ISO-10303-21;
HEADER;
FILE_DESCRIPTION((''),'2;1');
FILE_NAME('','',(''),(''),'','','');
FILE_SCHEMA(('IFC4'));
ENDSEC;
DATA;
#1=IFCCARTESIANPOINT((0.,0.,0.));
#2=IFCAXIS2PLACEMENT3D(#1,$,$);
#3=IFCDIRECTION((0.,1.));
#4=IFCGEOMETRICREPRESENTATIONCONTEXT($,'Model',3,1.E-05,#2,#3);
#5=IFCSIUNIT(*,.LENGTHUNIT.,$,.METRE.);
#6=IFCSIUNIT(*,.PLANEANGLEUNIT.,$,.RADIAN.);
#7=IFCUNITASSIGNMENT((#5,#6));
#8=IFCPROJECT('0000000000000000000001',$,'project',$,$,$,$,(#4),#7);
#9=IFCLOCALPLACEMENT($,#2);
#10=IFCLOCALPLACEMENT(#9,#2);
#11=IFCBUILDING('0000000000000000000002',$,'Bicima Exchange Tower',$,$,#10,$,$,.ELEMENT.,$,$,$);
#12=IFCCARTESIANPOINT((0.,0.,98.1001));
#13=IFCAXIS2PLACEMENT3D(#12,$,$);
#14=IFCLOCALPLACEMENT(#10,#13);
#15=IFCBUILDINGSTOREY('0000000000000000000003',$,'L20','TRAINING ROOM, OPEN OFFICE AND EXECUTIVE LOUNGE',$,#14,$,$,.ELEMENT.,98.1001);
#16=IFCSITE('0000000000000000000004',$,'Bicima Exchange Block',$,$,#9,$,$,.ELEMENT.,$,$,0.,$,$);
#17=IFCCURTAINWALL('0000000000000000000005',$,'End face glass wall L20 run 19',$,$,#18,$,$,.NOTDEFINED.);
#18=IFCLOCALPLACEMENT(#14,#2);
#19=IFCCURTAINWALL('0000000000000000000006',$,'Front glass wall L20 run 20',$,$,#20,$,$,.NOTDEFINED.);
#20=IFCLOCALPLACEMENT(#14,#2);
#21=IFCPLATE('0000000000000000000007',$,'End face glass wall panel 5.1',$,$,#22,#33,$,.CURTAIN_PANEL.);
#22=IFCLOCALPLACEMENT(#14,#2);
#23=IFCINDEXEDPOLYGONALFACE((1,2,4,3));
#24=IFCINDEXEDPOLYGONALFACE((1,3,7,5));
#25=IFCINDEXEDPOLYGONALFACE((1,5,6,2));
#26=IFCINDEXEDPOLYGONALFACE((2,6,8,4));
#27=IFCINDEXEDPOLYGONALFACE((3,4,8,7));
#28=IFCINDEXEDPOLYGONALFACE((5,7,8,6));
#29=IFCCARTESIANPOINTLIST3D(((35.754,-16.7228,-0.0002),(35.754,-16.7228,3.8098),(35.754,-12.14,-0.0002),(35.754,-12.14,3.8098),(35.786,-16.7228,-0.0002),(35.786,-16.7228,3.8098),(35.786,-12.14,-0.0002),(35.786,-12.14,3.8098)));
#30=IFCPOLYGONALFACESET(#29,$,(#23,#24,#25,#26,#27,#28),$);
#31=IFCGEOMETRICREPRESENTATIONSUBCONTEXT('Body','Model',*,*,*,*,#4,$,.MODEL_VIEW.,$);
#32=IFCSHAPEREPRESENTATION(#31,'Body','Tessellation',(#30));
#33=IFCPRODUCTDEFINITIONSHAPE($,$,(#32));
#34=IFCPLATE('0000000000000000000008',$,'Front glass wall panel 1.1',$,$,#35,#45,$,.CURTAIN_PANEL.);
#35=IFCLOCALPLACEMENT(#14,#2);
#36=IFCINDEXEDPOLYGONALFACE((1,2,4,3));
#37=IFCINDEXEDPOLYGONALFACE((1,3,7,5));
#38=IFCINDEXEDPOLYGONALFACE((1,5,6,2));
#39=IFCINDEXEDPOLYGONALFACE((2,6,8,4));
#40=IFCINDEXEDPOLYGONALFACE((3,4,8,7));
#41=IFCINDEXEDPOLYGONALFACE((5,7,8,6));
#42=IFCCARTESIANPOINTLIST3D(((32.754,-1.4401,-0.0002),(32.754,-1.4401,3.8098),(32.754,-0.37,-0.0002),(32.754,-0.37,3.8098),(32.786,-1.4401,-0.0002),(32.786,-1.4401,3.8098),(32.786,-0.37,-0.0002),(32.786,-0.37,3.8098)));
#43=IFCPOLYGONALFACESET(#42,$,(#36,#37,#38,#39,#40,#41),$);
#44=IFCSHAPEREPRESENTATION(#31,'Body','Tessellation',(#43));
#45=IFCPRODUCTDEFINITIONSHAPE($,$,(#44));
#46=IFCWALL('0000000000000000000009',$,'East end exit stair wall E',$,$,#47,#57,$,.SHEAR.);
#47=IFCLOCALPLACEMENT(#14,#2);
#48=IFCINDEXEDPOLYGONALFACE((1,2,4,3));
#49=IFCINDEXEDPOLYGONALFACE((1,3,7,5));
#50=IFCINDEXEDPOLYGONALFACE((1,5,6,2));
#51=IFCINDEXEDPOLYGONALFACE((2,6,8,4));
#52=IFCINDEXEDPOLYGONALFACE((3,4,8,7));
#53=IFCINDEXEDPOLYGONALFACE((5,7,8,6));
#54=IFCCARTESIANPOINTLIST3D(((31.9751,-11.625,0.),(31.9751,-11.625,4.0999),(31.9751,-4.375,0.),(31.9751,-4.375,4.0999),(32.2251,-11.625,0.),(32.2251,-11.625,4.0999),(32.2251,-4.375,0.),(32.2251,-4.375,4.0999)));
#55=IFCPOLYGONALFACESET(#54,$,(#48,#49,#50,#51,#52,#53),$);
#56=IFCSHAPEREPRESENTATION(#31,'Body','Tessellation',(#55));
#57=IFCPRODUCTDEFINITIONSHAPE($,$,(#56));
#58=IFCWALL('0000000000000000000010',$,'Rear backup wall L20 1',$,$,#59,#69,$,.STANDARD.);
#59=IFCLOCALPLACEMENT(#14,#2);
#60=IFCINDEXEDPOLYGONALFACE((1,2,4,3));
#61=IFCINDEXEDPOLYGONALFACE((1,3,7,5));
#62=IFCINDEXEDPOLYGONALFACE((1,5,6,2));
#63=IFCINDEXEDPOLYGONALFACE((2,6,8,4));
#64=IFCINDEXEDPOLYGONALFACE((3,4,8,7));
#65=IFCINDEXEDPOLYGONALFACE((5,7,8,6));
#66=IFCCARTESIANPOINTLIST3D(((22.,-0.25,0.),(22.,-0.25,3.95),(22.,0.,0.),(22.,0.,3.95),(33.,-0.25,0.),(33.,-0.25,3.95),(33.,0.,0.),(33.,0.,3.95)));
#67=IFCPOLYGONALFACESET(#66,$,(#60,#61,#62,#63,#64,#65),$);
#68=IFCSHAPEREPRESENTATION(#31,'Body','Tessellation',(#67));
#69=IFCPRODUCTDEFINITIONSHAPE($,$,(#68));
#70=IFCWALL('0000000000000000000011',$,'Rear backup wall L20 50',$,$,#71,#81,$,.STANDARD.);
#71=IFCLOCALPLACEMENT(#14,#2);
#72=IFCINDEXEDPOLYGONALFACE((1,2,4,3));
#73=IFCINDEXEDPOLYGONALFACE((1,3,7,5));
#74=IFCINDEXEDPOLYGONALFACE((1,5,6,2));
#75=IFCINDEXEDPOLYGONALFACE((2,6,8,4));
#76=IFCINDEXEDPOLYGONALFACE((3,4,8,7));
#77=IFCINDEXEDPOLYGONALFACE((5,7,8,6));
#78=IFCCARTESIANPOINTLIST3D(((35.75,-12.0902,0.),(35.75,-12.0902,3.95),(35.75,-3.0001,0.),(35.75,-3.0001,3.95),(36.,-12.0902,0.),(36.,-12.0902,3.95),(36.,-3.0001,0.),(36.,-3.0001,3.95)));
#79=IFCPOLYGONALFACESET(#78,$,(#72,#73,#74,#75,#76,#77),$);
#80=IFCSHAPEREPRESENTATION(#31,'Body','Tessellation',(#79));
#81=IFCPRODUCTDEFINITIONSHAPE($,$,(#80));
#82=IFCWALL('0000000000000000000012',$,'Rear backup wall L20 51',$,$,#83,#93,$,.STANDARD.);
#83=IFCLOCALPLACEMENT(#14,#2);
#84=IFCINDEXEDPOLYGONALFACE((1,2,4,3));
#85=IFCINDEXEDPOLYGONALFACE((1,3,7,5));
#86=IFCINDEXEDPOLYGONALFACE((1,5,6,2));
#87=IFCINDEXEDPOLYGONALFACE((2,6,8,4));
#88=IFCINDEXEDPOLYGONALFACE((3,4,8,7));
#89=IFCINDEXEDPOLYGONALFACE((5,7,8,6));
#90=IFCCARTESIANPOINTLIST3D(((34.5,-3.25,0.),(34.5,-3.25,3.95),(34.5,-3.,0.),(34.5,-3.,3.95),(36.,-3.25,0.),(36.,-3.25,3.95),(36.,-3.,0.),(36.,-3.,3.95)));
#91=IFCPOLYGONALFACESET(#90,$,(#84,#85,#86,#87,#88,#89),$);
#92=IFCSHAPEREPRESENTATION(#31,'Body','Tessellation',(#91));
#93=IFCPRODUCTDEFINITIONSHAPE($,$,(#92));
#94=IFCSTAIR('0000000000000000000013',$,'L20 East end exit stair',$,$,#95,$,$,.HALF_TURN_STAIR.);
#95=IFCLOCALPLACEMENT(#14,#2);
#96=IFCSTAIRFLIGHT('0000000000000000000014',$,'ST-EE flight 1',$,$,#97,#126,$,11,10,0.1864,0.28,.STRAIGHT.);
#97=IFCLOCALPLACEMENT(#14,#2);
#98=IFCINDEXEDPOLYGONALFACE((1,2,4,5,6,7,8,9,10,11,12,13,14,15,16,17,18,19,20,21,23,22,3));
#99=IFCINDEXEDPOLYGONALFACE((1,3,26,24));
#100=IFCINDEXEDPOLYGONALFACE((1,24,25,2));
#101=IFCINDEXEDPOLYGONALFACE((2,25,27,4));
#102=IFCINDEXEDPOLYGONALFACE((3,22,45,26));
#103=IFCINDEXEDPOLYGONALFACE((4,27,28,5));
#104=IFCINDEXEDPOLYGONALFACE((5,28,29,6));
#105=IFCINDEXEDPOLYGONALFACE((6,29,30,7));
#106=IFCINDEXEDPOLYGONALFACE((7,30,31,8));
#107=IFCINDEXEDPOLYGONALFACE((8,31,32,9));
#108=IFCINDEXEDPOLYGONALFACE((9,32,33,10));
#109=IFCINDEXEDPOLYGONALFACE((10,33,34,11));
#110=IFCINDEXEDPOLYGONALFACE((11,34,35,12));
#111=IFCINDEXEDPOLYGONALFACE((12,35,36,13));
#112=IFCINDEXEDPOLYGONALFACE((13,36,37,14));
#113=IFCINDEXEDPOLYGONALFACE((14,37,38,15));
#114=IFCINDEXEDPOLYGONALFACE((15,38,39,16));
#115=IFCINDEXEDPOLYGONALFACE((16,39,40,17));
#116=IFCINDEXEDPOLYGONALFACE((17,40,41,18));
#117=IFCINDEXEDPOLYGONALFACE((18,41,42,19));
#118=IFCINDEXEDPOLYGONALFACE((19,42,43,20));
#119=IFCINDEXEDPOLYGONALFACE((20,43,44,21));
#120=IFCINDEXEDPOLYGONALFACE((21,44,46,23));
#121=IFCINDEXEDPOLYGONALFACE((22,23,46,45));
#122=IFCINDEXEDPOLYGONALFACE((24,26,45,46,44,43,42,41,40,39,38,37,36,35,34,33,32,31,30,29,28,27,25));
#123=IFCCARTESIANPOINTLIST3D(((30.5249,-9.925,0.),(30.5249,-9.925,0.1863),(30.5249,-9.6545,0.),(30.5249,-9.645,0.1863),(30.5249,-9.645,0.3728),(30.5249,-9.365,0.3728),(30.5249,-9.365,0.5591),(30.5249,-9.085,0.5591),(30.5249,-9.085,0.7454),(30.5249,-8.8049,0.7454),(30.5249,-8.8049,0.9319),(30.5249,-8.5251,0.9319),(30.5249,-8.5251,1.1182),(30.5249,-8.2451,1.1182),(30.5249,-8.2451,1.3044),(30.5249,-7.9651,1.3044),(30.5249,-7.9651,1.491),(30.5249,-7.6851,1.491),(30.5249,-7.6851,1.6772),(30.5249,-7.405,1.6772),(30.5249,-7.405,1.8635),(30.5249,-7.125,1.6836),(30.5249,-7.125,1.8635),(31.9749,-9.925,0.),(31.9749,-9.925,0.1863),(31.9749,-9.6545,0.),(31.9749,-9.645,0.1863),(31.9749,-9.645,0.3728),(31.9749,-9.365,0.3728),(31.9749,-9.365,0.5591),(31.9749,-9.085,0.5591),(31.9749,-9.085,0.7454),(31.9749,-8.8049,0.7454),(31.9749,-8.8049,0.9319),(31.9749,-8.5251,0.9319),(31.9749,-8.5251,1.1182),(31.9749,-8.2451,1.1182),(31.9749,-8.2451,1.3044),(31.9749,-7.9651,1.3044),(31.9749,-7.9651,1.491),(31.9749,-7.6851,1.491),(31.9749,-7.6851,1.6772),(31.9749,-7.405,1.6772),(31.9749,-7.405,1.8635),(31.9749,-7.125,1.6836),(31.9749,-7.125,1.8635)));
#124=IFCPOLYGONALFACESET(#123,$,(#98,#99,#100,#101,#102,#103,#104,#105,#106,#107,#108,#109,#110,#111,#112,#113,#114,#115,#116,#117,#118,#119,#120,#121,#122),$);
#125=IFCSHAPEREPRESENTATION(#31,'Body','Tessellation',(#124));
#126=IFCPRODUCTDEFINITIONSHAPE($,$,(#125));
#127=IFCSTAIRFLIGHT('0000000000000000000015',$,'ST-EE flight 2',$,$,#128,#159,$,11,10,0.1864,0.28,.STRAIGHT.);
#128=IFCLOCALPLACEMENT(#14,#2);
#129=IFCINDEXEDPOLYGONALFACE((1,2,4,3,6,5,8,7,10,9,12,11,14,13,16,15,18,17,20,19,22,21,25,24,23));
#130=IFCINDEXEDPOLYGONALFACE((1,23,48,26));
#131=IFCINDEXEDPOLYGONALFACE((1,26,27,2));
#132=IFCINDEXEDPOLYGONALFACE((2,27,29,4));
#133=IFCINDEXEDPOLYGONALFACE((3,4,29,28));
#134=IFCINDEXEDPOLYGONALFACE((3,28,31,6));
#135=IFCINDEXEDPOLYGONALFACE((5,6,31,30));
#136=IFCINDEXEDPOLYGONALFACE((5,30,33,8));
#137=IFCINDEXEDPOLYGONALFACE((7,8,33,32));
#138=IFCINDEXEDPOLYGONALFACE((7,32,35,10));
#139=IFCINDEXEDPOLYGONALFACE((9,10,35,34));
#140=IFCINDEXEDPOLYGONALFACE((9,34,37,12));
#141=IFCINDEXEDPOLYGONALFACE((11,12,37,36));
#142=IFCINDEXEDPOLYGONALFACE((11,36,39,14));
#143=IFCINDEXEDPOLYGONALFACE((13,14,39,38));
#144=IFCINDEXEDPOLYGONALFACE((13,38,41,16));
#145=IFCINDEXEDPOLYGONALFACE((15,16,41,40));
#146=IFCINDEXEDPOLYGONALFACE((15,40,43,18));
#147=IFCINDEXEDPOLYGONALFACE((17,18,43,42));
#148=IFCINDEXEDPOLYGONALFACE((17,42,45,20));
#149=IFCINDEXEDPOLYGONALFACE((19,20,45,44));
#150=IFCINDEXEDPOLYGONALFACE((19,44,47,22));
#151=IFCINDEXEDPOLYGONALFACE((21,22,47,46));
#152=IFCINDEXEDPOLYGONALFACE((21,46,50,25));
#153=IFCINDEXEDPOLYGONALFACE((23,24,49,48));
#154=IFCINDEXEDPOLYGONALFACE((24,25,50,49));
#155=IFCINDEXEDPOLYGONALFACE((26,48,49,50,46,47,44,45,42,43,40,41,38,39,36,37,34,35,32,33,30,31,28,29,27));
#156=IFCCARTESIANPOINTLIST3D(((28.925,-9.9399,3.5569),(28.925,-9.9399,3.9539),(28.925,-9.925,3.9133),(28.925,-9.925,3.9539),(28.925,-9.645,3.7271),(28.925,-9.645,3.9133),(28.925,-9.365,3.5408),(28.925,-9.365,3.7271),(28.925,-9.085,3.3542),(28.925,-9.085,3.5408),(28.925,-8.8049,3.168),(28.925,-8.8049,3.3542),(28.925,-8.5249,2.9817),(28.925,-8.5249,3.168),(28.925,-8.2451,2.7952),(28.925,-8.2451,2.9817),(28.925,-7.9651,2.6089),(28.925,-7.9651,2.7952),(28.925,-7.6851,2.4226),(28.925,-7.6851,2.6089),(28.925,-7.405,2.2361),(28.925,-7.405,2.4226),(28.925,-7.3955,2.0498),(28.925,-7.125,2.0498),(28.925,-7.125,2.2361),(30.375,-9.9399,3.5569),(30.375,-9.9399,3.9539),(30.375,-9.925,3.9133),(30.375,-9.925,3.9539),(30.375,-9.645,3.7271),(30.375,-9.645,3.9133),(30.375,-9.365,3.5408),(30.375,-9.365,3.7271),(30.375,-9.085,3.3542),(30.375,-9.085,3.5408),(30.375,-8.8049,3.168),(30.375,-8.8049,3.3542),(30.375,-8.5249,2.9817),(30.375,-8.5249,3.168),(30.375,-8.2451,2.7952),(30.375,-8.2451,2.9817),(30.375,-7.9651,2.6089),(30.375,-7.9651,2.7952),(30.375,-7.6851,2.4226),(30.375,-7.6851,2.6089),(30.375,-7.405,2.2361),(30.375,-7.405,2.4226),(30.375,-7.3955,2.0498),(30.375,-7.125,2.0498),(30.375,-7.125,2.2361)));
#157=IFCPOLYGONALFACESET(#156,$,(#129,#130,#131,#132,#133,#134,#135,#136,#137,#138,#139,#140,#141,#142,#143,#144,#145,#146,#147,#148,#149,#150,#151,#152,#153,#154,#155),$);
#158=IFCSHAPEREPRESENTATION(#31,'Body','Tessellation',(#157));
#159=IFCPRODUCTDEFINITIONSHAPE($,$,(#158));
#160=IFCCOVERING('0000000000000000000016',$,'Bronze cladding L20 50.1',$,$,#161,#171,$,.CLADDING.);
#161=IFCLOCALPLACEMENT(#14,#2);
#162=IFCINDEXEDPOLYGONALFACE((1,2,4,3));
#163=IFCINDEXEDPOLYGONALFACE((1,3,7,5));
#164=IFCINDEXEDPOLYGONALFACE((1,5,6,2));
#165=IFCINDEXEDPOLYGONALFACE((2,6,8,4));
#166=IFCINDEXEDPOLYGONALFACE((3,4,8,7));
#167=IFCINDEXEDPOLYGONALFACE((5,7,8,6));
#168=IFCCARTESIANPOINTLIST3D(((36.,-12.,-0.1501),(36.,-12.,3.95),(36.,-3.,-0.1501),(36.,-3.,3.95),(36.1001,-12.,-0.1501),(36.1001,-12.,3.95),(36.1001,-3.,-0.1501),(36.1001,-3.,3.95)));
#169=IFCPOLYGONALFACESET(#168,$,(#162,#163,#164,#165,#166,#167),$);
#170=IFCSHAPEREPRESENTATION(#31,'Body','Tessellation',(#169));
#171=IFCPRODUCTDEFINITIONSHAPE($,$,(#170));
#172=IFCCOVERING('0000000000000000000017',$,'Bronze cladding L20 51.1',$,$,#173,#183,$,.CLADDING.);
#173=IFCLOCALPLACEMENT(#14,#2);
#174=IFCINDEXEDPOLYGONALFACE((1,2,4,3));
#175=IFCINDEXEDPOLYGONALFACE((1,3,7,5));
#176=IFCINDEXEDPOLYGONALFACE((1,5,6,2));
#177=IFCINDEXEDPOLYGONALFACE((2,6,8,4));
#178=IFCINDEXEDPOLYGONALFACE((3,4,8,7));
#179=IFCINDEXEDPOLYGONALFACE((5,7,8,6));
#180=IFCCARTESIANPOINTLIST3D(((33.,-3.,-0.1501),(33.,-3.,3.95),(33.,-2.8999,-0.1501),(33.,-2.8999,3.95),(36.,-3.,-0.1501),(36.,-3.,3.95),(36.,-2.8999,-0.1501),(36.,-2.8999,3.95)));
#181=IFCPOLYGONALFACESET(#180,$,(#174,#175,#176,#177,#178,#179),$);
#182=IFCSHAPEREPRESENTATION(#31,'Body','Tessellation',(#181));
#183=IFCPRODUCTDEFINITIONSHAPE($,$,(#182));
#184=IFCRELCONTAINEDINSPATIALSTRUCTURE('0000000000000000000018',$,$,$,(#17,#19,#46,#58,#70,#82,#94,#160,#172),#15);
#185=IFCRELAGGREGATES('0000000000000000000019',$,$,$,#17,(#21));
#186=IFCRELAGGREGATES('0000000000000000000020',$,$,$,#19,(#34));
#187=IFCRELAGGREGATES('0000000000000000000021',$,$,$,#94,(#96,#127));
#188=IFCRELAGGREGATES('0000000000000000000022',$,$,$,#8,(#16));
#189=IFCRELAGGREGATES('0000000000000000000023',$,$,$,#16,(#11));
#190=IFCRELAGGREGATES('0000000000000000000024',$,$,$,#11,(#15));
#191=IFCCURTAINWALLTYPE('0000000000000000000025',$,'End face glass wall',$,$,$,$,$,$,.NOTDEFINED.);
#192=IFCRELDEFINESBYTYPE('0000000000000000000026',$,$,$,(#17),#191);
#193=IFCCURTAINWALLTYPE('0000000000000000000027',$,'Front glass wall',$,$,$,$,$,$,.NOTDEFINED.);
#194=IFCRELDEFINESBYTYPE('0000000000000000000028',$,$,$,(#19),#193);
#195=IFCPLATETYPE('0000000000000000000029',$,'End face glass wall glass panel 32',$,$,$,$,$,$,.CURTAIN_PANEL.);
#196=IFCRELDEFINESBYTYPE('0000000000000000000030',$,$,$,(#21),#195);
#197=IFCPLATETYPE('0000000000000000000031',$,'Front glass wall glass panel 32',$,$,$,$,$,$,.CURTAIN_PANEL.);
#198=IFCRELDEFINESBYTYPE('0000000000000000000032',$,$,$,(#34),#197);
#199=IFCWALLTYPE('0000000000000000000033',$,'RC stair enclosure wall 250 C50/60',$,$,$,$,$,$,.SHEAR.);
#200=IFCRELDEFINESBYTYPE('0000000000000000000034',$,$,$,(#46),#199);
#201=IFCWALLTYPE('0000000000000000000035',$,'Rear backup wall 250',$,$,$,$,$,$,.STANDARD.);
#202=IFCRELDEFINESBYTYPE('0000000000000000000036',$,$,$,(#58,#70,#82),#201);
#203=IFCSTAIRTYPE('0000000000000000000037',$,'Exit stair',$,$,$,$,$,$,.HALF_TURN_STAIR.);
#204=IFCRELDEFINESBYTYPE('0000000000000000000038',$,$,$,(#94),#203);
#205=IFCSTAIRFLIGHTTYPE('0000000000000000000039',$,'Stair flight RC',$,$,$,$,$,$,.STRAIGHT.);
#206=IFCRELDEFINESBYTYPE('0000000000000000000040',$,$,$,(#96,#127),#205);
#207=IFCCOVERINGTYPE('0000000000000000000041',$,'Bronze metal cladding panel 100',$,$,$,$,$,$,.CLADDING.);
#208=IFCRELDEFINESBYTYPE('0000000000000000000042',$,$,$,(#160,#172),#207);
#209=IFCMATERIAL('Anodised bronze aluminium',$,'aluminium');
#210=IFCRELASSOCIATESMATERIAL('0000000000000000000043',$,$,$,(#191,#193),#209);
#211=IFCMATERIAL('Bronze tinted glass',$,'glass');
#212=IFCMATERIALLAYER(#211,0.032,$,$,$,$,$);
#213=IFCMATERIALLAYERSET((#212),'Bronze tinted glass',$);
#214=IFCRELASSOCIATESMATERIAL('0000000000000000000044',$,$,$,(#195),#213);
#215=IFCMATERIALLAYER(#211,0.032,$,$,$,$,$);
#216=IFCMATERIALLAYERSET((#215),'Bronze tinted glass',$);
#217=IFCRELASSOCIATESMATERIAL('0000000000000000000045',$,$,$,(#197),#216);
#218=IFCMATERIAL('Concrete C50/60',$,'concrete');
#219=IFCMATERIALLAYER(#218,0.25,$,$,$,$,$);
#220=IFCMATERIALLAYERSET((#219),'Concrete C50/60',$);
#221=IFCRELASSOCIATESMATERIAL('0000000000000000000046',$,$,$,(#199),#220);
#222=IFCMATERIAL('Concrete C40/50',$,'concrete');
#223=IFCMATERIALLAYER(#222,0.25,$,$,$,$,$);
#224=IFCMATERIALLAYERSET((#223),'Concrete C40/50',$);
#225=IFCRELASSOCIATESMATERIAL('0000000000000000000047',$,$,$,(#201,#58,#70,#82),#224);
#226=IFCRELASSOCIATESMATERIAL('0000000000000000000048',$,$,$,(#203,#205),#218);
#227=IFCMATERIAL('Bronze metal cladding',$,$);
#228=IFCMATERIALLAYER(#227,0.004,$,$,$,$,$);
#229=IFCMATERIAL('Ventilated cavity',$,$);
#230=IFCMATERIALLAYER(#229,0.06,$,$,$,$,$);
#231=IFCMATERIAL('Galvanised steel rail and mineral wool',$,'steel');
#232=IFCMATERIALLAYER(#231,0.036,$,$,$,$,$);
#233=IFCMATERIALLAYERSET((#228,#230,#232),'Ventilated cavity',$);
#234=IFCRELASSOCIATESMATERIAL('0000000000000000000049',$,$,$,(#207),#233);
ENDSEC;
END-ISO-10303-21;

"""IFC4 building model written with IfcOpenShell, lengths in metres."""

from ifc_helpers import new_model, si_unit, direction, frame, frame_2d, origin, origin_2d, place, context, subcontext, project, spatial, polyline, rectangle, outline, extrude, material, layer, layer_set, layer_usage, type_object, element, aggregate, save


model = new_model("IFC4")

# Units and contexts
model_context = context("Model", 3, precision=1e-05, world=origin(), true_north=direction((0.0, 1.0)))
body_context = subcontext(model_context, "Body", "Model", "MODEL_VIEW")
ifc_project = project(units=[si_unit("LENGTHUNIT", "METRE"), si_unit("PLANEANGLEUNIT", "RADIAN")], contexts=[model_context])

# Site, building, storey
site_placement = place(None, origin())
site = spatial("IfcSite", under=ifc_project, at=site_placement, Name="Bicima Exchange Block", CompositionType="ELEMENT", RefElevation=0.0)
building_placement = place(site_placement, origin())
building = spatial("IfcBuilding", under=site, at=building_placement, Name="Bicima Exchange Tower", CompositionType="ELEMENT")
storey_placement = place(building_placement, frame((0.0, 0.0, 98.1001)))
storey = spatial("IfcBuildingStorey", under=building, at=storey_placement, Name="L20", Description="TRAINING ROOM, OPEN OFFICE AND EXECUTIVE LOUNGE", CompositionType="ELEMENT", Elevation=98.1001)

# Curtain wall
ifc_material_1 = material(Name="Anodised bronze aluminium", Category="aluminium")
curtain_wall_type_1 = type_object("IfcCurtainWallType", Name="End face glass wall", PredefinedType="NOTDEFINED", material=ifc_material_1)
curtain_wall_1_placement = place(storey_placement, origin())
curtain_wall_1 = element("IfcCurtainWall", 1, at=curtain_wall_1_placement, inside=storey, type_object=curtain_wall_type_1, Name="End face glass wall L20 run 19", PredefinedType="NOTDEFINED")

# Curtain wall
curtain_wall_type_2 = type_object("IfcCurtainWallType", Name="Front glass wall", PredefinedType="NOTDEFINED", material=ifc_material_1)
curtain_wall_2_placement = place(storey_placement, origin())
curtain_wall_2 = element("IfcCurtainWall", 2, at=curtain_wall_2_placement, inside=storey, type_object=curtain_wall_type_2, Name="Front glass wall L20 run 20", PredefinedType="NOTDEFINED")

# Plates
ifc_material_2 = material(Name="Bronze tinted glass", Category="glass")
ifc_layer_1 = layer(ifc_material_2, 0.032)
ifc_layer_set_1 = layer_set([ifc_layer_1], Name="Bronze tinted glass")
plate_type_1 = type_object("IfcPlateType", Name="End face glass wall glass panel 32", PredefinedType="CURTAIN_PANEL", material=ifc_layer_set_1)
plate_1_placement = place(storey_placement, frame((35.77, -14.4314, -0.0002), z_axis=(0.0, 0.0, 1.0), x_axis=(0.0, 1.0, 0.0)))
plate_1 = element("IfcPlate", 3, at=plate_1_placement, type_object=plate_type_1, Name="End face glass wall panel 5.1", PredefinedType="CURTAIN_PANEL", context=body_context, shape_type="SweptSolid", body=[
    extrude(rectangle(XDim=4.5828, YDim=0.032, at=origin_2d()), origin(), (0.0, 0.0, 1.0), 3.8101),
])
aggregate(curtain_wall_1, [plate_1])
ifc_layer_2 = layer(ifc_material_2, 0.032)
ifc_layer_set_2 = layer_set([ifc_layer_2], Name="Bronze tinted glass")
plate_type_2 = type_object("IfcPlateType", Name="Front glass wall glass panel 32", PredefinedType="CURTAIN_PANEL", material=ifc_layer_set_2)
plate_2_placement = place(storey_placement, frame((32.77, -0.905, -0.0002), z_axis=(0.0, 0.0, 1.0), x_axis=(0.0, 1.0, 0.0)))
plate_2 = element("IfcPlate", 4, at=plate_2_placement, type_object=plate_type_2, Name="Front glass wall panel 1.1", PredefinedType="CURTAIN_PANEL", context=body_context, shape_type="SweptSolid", body=[
    extrude(rectangle(XDim=1.0701, YDim=0.032, at=origin_2d()), origin(), (0.0, 0.0, 1.0), 3.8101),
])
aggregate(curtain_wall_2, [plate_2])

# Walls
ifc_material_3 = material(Name="Concrete C50/60", Category="concrete")
ifc_layer_3 = layer(ifc_material_3, 0.25)
ifc_layer_set_3 = layer_set([ifc_layer_3], Name="Concrete C50/60")
wall_type_1 = type_object("IfcWallType", Name="RC stair enclosure wall 250 C50/60", PredefinedType="SHEAR", material=ifc_layer_set_3)
wall_1_placement = place(storey_placement, frame((32.1001, -11.625, 0.0), z_axis=(0.0, 0.0, 1.0), x_axis=(0.0, 1.0, 0.0)))
element("IfcWall", 5, at=wall_1_placement, inside=storey, type_object=wall_type_1, Name="East end exit stair wall E", PredefinedType="SHEAR", context=body_context, shape_type="SweptSolid", body=[
    extrude(rectangle(XDim=7.25, YDim=0.25, at=frame_2d((3.625, 0.0))), origin(), (0.0, 0.0, 1.0), 4.0999),
])
ifc_material_4 = material(Name="Concrete C40/50", Category="concrete")
ifc_layer_4 = layer(ifc_material_4, 0.25)
ifc_layer_set_4 = layer_set([ifc_layer_4], Name="Concrete C40/50")
ifc_layer_usage = layer_usage(ifc_layer_set_4, "AXIS2", "POSITIVE", -0.125)
wall_type_2 = type_object("IfcWallType", Name="Rear backup wall 250", PredefinedType="STANDARD", material=ifc_layer_set_4)
wall_2_placement = place(storey_placement, frame((33.0, -0.125, 0.0), z_axis=(0.0, 0.0, 1.0), x_axis=(-1.0, 0.0, 0.0)))
element("IfcWall", 6, at=wall_2_placement, inside=storey, type_object=wall_type_2, material=ifc_layer_usage, Name="Rear backup wall L20 1", PredefinedType="STANDARD", context=body_context, shape_type="SweptSolid", body=[
    extrude(rectangle(XDim=11.0, YDim=0.25, at=frame_2d((5.5, 0.0))), origin(), (0.0, 0.0, 1.0), 3.95),
])
wall_3_placement = place(storey_placement, frame((35.875, -12.0901, 0.0), z_axis=(0.0, 0.0, 1.0), x_axis=(0.0, 1.0, 0.0)))
element("IfcWall", 7, at=wall_3_placement, inside=storey, type_object=wall_type_2, material=ifc_layer_usage, Name="Rear backup wall L20 50", PredefinedType="STANDARD", context=body_context, shape_type="SweptSolid", body=[
    extrude(rectangle(XDim=9.0901, YDim=0.25, at=frame_2d((4.5449, 0.0))), origin(), (0.0, 0.0, 1.0), 3.95),
])
wall_4_placement = place(storey_placement, frame((36.0, -3.125, 0.0), z_axis=(0.0, 0.0, 1.0), x_axis=(-1.0, 0.0, 0.0)))
element("IfcWall", 8, at=wall_4_placement, inside=storey, type_object=wall_type_2, material=ifc_layer_usage, Name="Rear backup wall L20 51", PredefinedType="STANDARD", context=body_context, shape_type="SweptSolid", body=[
    extrude(rectangle(XDim=1.5, YDim=0.25, at=frame_2d((0.75, 0.0))), origin(), (0.0, 0.0, 1.0), 3.95),
])

# Stair, stair flights
stair_type = type_object("IfcStairType", Name="Exit stair", PredefinedType="HALF_TURN_STAIR", material=ifc_material_3)
stair_placement = place(storey_placement, origin())
stair = element("IfcStair", 9, at=stair_placement, inside=storey, type_object=stair_type, Name="L20 East end exit stair", PredefinedType="HALF_TURN_STAIR")
stair_flight_type = type_object("IfcStairFlightType", Name="Stair flight RC", PredefinedType="STRAIGHT", material=ifc_material_3)
stair_flight_1_placement = place(storey_placement, frame((31.25, -9.925, 0.0), z_axis=(0.0, 0.0, 1.0), x_axis=(0.0, 1.0, 0.0)))
stair_flight_1 = element("IfcStairFlight", 10, at=stair_flight_1_placement, type_object=stair_flight_type, Name="ST-EE flight 1", NumberOfRisers=11, NumberOfTreads=10, PredefinedType="STRAIGHT", RiserHeight=0.1864, TreadLength=0.28, context=body_context, shape_type="SweptSolid", body=[
    extrude(outline(polyline([(0.0, 0.0), (0.0, 0.1863), (0.28, 0.1863), (0.28, 0.3728), (0.5601, 0.3728), (0.5601, 0.5591), (0.8401, 0.5591), (0.8401, 0.7454), (1.1201, 0.7454), (1.1201, 0.9319), (1.3999, 0.9319), (1.3999, 1.1182), (1.6799, 1.1182), (1.6799, 1.3044), (1.96, 1.3044), (1.96, 1.491), (2.24, 1.491), (2.24, 1.6772), (2.52, 1.6772), (2.52, 1.8635), (2.8, 1.8635), (2.8, 2.05), (2.8, 1.6836), (0.2705, 0.0), (0.0, 0.0)])), frame((0.0, 0.7251, 0.0), z_axis=(0.0, -1.0, 0.0), x_axis=(1.0, 0.0, 0.0)), (0.0, 0.0, 1.0), 1.45),
])
stair_flight_2_placement = place(storey_placement, frame((29.6499, -7.125, 2.0498), z_axis=(0.0, 0.0, 1.0), x_axis=(0.0, -1.0, 0.0)))
stair_flight_2 = element("IfcStairFlight", 11, at=stair_flight_2_placement, type_object=stair_flight_type, Name="ST-EE flight 2", NumberOfRisers=11, NumberOfTreads=10, PredefinedType="STRAIGHT", RiserHeight=0.1864, TreadLength=0.28, context=body_context, shape_type="SweptSolid", body=[
    extrude(outline(polyline([(0.0, 0.0), (0.0, 0.1863), (0.28, 0.1863), (0.28, 0.3728), (0.5601, 0.3728), (0.5601, 0.5591), (0.8401, 0.5591), (0.8401, 0.7454), (1.1201, 0.7454), (1.1201, 0.9319), (1.3999, 0.9319), (1.3999, 1.1182), (1.6799, 1.1182), (1.6799, 1.3044), (1.96, 1.3044), (1.96, 1.491), (2.24, 1.491), (2.24, 1.6772), (2.52, 1.6772), (2.52, 1.8635), (2.8, 1.8635), (2.8, 1.9041), (2.8149, 1.9041), (2.8149, 1.5071), (0.2705, 0.0), (0.0, 0.0)])), frame((0.0, 0.7251, 0.0), z_axis=(0.0, -1.0, 0.0), x_axis=(1.0, 0.0, 0.0)), (0.0, 0.0, 1.0), 1.45),
])
aggregate(stair, [stair_flight_1, stair_flight_2])

# Coverings
ifc_material_5 = material(Name="Bronze metal cladding")
ifc_layer_5 = layer(ifc_material_5, 0.004)
ifc_material_6 = material(Name="Ventilated cavity")
ifc_layer_6 = layer(ifc_material_6, 0.06)
ifc_material_7 = material(Name="Galvanised steel rail and mineral wool", Category="steel")
ifc_layer_7 = layer(ifc_material_7, 0.036)
ifc_layer_set_5 = layer_set([ifc_layer_5, ifc_layer_6, ifc_layer_7], Name="Ventilated cavity")
covering_type = type_object("IfcCoveringType", Name="Bronze metal cladding panel 100", PredefinedType="CLADDING", material=ifc_layer_set_5)
covering_1_placement = place(storey_placement, frame((36.05, -7.5, -0.1501), z_axis=(0.0, 0.0, 1.0), x_axis=(0.0, 1.0, 0.0)))
element("IfcCovering", 12, at=covering_1_placement, inside=storey, type_object=covering_type, Name="Bronze cladding L20 50.1", PredefinedType="CLADDING", context=body_context, shape_type="SweptSolid", body=[
    extrude(rectangle(XDim=9.0, YDim=0.1001, at=origin_2d()), origin(), (0.0, 0.0, 1.0), 4.1001),
])
covering_2_placement = place(storey_placement, frame((34.5, -2.95, -0.1501), z_axis=(0.0, 0.0, 1.0), x_axis=(-1.0, 0.0, 0.0)))
element("IfcCovering", 13, at=covering_2_placement, inside=storey, type_object=covering_type, Name="Bronze cladding L20 51.1", PredefinedType="CLADDING", context=body_context, shape_type="SweptSolid", body=[
    extrude(rectangle(XDim=3.0, YDim=0.1001, at=origin_2d()), origin(), (0.0, 0.0, 1.0), 4.1001),
])

save(model, "model.ifc")
